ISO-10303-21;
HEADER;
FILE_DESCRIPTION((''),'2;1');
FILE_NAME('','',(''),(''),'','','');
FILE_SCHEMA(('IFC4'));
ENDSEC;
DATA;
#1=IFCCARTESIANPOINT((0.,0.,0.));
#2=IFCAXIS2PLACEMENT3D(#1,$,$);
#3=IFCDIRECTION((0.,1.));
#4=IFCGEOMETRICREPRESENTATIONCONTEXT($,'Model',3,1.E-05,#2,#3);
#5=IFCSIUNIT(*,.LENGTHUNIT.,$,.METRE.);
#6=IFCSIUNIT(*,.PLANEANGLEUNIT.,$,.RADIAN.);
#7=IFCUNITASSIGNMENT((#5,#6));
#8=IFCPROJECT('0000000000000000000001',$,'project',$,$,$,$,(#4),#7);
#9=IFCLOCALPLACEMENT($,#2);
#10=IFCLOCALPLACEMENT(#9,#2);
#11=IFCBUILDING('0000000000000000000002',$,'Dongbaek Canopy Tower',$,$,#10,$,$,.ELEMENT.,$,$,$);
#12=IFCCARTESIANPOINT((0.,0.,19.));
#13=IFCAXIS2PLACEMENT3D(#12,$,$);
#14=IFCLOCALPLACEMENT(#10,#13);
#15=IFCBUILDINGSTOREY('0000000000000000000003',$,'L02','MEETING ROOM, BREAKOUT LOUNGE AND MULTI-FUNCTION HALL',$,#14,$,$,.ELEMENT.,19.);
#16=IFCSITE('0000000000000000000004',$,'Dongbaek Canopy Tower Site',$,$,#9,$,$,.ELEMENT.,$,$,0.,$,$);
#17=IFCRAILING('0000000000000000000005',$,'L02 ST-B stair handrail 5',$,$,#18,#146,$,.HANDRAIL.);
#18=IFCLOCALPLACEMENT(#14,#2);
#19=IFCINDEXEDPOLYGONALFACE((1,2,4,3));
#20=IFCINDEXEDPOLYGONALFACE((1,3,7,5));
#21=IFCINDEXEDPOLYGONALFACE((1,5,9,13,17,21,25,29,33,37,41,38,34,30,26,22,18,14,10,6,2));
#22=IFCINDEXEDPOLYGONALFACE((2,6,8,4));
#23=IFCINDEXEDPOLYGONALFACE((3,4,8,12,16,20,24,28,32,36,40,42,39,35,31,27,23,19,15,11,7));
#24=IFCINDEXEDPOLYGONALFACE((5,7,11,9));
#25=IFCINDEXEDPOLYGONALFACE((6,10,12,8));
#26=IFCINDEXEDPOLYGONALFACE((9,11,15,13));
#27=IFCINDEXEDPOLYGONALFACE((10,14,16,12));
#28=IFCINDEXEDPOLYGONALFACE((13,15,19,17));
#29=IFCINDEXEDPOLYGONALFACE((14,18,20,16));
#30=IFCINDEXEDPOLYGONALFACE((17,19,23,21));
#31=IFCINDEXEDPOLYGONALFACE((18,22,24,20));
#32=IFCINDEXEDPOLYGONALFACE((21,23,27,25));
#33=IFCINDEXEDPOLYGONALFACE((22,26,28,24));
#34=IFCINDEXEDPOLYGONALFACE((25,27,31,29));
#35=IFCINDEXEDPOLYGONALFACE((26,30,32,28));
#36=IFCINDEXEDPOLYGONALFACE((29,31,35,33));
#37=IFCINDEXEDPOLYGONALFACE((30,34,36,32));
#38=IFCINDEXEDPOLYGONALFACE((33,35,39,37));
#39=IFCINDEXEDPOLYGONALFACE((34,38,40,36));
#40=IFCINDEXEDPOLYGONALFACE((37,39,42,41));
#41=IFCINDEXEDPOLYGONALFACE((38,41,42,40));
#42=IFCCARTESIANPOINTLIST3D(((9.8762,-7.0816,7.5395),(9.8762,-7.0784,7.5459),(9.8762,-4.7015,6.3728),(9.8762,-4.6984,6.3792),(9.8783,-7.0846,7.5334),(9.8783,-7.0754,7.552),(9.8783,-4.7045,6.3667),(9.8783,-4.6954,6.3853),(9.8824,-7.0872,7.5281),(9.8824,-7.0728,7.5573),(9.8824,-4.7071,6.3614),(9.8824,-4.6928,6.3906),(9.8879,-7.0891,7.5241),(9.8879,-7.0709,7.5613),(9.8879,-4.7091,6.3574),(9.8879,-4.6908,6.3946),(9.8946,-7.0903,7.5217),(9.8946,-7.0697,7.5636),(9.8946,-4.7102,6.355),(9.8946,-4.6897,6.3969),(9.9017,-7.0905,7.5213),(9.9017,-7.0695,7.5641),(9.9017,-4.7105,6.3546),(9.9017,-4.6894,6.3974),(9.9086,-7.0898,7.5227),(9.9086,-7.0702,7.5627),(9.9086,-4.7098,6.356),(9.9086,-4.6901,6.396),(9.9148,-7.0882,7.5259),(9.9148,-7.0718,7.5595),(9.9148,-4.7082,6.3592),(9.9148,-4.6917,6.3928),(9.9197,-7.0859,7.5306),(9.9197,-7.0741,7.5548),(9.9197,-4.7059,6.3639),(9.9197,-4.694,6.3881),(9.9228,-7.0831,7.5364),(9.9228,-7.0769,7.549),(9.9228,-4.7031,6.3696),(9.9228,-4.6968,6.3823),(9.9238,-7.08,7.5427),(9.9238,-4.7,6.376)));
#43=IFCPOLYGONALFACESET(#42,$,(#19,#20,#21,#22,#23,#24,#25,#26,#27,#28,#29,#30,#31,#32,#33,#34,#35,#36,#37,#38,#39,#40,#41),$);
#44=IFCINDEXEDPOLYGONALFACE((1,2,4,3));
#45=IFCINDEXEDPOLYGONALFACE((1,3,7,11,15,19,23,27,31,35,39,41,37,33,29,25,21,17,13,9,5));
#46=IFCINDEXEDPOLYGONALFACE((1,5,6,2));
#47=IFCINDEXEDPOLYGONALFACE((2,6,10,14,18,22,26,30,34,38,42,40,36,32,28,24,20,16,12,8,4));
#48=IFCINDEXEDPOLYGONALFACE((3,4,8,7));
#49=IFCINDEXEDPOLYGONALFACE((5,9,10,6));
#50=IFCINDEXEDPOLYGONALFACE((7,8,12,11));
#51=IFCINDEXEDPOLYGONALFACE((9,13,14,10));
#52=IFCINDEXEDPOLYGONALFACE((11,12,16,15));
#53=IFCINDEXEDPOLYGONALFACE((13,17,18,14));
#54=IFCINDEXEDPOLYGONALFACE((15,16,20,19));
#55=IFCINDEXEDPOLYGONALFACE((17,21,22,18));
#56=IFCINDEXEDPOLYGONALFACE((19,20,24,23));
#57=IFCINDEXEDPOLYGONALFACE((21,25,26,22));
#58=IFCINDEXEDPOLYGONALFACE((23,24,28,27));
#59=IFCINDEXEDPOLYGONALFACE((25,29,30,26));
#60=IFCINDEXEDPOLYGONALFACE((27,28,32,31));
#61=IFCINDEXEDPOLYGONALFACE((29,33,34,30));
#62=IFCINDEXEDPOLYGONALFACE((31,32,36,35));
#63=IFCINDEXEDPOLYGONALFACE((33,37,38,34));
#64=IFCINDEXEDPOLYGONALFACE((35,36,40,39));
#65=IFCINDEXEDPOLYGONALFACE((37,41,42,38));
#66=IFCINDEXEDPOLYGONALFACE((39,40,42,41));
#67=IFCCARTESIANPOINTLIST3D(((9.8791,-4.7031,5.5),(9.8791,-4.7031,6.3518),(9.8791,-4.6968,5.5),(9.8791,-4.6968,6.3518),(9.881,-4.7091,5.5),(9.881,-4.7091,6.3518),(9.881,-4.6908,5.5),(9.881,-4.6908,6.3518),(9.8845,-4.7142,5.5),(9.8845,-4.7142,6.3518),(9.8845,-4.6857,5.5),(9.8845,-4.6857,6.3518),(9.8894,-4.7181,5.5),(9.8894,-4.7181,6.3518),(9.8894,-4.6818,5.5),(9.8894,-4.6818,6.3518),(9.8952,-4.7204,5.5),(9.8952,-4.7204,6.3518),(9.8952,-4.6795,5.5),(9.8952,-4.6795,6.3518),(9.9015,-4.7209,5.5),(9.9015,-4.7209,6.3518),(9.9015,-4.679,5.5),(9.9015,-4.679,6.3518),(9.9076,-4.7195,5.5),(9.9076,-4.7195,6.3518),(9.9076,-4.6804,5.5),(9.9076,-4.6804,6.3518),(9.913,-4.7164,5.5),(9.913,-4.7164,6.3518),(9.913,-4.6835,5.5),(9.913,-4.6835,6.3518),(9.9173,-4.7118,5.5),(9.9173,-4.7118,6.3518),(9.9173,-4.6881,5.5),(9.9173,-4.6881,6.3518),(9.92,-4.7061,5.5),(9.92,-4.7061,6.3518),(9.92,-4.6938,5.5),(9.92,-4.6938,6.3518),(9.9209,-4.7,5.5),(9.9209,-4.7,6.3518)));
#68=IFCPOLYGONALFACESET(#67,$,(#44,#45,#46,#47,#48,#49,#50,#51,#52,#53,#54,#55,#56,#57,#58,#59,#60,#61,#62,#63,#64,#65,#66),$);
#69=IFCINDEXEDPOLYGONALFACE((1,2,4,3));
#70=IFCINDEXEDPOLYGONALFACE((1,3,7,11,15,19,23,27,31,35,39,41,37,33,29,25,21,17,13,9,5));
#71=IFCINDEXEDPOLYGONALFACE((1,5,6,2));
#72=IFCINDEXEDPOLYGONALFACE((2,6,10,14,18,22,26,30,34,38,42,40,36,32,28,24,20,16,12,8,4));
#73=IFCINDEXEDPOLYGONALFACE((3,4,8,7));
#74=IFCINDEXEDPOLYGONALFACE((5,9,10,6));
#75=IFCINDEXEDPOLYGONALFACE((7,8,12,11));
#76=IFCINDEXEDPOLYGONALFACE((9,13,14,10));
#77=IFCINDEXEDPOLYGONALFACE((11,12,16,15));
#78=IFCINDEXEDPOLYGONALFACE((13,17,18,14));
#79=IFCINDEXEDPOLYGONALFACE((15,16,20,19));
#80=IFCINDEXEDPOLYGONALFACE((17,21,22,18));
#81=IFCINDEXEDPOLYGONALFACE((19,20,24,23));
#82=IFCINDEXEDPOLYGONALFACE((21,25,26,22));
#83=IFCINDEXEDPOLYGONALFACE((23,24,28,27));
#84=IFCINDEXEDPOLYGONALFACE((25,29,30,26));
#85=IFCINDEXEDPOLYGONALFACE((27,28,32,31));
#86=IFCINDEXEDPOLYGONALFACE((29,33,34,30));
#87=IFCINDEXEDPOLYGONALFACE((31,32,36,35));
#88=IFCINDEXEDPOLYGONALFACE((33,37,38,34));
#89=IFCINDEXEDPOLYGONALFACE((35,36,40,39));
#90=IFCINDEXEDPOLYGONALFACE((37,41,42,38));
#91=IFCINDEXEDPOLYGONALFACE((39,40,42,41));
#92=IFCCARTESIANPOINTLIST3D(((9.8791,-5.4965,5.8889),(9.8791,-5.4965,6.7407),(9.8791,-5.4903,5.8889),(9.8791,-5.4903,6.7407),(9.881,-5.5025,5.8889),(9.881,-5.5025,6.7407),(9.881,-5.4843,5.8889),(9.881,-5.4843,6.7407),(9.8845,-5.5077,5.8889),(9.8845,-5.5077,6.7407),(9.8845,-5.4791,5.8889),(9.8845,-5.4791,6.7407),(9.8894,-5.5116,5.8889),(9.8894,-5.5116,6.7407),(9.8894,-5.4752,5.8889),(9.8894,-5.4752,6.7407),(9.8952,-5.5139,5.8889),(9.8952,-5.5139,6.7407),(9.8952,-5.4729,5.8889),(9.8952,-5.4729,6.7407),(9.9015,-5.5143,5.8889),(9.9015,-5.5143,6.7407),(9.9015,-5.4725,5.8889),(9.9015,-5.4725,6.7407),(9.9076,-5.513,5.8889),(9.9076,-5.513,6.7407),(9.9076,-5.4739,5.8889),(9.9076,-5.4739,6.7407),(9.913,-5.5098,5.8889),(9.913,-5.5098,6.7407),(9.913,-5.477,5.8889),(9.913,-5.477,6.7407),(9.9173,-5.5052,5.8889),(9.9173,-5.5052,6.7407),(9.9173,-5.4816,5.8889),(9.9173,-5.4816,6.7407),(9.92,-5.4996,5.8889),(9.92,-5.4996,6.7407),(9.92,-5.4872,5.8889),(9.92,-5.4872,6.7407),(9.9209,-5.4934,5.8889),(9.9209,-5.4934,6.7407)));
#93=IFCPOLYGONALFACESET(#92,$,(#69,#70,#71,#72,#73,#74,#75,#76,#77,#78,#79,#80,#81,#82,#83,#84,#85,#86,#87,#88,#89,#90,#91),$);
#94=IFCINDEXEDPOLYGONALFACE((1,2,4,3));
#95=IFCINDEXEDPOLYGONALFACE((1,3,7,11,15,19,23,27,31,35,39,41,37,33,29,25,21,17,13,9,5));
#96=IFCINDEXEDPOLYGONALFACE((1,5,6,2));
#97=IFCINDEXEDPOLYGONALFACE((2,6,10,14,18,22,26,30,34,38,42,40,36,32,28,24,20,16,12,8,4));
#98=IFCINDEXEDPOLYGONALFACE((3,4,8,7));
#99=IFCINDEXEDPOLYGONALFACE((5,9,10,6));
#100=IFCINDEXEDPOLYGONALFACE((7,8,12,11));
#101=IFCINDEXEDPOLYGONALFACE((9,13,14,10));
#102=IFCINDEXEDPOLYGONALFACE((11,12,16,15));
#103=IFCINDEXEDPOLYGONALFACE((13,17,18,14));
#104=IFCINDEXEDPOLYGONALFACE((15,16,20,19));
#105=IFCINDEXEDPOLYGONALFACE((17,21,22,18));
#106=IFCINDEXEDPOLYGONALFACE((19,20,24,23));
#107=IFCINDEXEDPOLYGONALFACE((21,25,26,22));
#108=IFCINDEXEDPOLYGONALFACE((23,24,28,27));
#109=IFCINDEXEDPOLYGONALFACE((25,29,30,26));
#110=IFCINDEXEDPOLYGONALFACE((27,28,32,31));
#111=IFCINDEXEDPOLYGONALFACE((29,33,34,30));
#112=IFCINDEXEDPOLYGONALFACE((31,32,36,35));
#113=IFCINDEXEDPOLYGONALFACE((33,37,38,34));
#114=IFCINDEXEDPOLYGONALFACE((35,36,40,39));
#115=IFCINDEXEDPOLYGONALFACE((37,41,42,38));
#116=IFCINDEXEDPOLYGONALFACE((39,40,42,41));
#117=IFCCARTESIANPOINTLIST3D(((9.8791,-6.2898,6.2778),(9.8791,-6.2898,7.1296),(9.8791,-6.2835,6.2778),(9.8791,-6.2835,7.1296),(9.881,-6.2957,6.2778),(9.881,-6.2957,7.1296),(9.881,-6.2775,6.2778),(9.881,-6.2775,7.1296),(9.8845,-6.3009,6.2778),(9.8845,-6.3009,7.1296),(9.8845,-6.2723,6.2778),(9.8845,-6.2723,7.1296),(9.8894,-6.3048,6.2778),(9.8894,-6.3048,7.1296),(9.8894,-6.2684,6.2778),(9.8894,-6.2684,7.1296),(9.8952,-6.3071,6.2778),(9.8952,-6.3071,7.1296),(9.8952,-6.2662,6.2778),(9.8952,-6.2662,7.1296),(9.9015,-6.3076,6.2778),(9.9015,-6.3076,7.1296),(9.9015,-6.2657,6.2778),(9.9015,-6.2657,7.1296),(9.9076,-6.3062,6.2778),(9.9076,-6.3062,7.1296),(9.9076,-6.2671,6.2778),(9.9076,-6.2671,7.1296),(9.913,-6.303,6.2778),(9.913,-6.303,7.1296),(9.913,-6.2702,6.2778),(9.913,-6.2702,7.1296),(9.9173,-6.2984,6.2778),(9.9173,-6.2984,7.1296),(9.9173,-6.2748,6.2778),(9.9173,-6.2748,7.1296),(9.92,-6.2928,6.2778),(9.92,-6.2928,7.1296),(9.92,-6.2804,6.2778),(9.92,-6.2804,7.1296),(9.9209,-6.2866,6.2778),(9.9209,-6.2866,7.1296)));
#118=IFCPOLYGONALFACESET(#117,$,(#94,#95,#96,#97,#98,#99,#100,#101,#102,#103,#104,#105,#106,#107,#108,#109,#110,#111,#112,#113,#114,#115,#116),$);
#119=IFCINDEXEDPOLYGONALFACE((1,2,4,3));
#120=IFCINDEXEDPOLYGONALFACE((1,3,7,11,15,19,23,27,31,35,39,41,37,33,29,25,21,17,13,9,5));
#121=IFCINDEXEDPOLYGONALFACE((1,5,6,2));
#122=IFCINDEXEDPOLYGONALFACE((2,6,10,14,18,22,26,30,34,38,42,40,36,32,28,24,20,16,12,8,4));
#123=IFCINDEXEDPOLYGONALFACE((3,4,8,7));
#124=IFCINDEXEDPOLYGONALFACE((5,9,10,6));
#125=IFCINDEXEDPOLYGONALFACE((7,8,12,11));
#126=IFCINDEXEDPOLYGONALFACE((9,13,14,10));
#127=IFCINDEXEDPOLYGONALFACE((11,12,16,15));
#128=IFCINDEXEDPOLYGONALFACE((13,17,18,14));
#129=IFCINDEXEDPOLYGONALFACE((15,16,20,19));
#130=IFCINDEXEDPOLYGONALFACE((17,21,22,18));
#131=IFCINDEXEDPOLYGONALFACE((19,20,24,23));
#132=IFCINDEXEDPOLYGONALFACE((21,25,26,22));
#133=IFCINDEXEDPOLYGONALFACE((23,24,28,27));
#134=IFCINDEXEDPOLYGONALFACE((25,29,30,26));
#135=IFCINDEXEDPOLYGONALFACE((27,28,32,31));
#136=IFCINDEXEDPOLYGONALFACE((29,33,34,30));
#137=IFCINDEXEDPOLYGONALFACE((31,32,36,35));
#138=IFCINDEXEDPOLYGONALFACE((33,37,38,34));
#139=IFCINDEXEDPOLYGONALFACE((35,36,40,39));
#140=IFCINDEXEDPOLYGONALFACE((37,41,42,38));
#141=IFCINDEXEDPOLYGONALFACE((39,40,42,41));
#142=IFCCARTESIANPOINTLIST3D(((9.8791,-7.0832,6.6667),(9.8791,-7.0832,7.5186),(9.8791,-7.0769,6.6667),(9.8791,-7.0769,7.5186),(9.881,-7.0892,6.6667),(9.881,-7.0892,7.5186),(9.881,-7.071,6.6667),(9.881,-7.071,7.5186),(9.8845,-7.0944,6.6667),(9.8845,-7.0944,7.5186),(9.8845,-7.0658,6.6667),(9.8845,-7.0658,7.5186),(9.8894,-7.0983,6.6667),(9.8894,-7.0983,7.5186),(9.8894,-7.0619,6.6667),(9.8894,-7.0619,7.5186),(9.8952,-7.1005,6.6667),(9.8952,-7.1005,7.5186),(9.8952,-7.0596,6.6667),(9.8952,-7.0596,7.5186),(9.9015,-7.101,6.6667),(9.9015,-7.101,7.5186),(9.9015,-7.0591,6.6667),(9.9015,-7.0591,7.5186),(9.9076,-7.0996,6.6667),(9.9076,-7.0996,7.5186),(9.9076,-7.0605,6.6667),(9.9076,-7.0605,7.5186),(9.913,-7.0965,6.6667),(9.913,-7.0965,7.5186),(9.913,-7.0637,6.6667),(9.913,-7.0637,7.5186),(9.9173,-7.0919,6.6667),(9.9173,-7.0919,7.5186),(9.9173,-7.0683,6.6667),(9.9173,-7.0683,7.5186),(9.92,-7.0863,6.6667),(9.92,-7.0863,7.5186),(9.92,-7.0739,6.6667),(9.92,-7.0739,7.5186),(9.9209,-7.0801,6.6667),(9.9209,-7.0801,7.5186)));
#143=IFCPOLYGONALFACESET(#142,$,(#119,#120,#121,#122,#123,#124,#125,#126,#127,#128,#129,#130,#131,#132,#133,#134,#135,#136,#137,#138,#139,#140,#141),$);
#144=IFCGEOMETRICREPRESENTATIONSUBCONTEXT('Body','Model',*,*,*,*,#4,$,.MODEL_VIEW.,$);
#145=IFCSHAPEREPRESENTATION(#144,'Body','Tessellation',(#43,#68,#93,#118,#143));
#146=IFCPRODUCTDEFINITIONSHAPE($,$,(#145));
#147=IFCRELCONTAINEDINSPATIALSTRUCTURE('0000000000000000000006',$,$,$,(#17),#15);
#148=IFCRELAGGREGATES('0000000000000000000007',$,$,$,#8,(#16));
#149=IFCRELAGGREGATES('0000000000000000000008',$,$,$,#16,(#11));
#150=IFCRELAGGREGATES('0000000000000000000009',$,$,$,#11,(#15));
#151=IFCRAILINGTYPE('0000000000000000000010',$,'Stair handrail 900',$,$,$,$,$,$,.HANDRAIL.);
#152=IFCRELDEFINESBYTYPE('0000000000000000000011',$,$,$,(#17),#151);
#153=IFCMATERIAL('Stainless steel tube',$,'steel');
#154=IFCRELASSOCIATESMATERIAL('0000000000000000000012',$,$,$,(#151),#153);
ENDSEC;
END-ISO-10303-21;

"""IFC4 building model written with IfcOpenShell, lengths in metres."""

from ifc_helpers import new_model, si_unit, direction, frame, origin, origin_2d, place, context, subcontext, project, spatial, circle, extrude, material, type_object, element, save


model = new_model("IFC4")

# Units and contexts
model_context = context("Model", 3, precision=1e-05, world=origin(), true_north=direction((0.0, 1.0)))
body_context = subcontext(model_context, "Body", "Model", "MODEL_VIEW")
ifc_project = project(units=[si_unit("LENGTHUNIT", "METRE"), si_unit("PLANEANGLEUNIT", "RADIAN")], contexts=[model_context])

# Site, building, storey
site_placement = place(None, origin())
site = spatial("IfcSite", under=ifc_project, at=site_placement, Name="Dongbaek Canopy Tower Site", CompositionType="ELEMENT", RefElevation=0.0)
building_placement = place(site_placement, origin())
building = spatial("IfcBuilding", under=site, at=building_placement, Name="Dongbaek Canopy Tower", CompositionType="ELEMENT")
storey_placement = place(building_placement, frame((0.0, 0.0, 19.0)))
storey = spatial("IfcBuildingStorey", under=building, at=storey_placement, Name="L02", Description="MEETING ROOM, BREAKOUT LOUNGE AND MULTI-FUNCTION HALL", CompositionType="ELEMENT", Elevation=19.0)

# Railing
ifc_material_1 = material(Name="Stainless steel tube", Category="steel")
railing_type = type_object("IfcRailingType", Name="Stair handrail 900", PredefinedType="HANDRAIL", material=ifc_material_1)
for number, where, name in (
    (1, (9.8999, -4.7, 5.5), "L02 ST-B stair handrail 5"),
):
    element("IfcRailing", number, at=place(storey_placement, frame(where)), inside=storey, type_object=railing_type, Name=name, PredefinedType="HANDRAIL", context=body_context, shape_type="SweptSolid", body=[
        extrude(circle(Radius=0.0239, at=origin_2d()), frame((0.0, 0.0, 0.876), z_axis=(0.0, -0.897918, 0.440163), x_axis=(1.0, 0.0, 0.0)), (0.0, 0.0, 1.0), 2.6506),
        extrude(circle(Radius=0.021, at=origin_2d()), origin(), (0.0, 0.0, 1.0), 0.8518),
        extrude(circle(Radius=0.021, at=origin_2d()), frame((0.0, -0.7935, 0.3889)), (0.0, 0.0, 1.0), 0.8518),
        extrude(circle(Radius=0.021, at=origin_2d()), frame((0.0, -1.5867, 0.7778)), (0.0, 0.0, 1.0), 0.8518),
        extrude(circle(Radius=0.021, at=origin_2d()), frame((0.0, -2.3801, 1.1667)), (0.0, 0.0, 1.0), 0.8518),
    ])

save(model, "model.ifc")
